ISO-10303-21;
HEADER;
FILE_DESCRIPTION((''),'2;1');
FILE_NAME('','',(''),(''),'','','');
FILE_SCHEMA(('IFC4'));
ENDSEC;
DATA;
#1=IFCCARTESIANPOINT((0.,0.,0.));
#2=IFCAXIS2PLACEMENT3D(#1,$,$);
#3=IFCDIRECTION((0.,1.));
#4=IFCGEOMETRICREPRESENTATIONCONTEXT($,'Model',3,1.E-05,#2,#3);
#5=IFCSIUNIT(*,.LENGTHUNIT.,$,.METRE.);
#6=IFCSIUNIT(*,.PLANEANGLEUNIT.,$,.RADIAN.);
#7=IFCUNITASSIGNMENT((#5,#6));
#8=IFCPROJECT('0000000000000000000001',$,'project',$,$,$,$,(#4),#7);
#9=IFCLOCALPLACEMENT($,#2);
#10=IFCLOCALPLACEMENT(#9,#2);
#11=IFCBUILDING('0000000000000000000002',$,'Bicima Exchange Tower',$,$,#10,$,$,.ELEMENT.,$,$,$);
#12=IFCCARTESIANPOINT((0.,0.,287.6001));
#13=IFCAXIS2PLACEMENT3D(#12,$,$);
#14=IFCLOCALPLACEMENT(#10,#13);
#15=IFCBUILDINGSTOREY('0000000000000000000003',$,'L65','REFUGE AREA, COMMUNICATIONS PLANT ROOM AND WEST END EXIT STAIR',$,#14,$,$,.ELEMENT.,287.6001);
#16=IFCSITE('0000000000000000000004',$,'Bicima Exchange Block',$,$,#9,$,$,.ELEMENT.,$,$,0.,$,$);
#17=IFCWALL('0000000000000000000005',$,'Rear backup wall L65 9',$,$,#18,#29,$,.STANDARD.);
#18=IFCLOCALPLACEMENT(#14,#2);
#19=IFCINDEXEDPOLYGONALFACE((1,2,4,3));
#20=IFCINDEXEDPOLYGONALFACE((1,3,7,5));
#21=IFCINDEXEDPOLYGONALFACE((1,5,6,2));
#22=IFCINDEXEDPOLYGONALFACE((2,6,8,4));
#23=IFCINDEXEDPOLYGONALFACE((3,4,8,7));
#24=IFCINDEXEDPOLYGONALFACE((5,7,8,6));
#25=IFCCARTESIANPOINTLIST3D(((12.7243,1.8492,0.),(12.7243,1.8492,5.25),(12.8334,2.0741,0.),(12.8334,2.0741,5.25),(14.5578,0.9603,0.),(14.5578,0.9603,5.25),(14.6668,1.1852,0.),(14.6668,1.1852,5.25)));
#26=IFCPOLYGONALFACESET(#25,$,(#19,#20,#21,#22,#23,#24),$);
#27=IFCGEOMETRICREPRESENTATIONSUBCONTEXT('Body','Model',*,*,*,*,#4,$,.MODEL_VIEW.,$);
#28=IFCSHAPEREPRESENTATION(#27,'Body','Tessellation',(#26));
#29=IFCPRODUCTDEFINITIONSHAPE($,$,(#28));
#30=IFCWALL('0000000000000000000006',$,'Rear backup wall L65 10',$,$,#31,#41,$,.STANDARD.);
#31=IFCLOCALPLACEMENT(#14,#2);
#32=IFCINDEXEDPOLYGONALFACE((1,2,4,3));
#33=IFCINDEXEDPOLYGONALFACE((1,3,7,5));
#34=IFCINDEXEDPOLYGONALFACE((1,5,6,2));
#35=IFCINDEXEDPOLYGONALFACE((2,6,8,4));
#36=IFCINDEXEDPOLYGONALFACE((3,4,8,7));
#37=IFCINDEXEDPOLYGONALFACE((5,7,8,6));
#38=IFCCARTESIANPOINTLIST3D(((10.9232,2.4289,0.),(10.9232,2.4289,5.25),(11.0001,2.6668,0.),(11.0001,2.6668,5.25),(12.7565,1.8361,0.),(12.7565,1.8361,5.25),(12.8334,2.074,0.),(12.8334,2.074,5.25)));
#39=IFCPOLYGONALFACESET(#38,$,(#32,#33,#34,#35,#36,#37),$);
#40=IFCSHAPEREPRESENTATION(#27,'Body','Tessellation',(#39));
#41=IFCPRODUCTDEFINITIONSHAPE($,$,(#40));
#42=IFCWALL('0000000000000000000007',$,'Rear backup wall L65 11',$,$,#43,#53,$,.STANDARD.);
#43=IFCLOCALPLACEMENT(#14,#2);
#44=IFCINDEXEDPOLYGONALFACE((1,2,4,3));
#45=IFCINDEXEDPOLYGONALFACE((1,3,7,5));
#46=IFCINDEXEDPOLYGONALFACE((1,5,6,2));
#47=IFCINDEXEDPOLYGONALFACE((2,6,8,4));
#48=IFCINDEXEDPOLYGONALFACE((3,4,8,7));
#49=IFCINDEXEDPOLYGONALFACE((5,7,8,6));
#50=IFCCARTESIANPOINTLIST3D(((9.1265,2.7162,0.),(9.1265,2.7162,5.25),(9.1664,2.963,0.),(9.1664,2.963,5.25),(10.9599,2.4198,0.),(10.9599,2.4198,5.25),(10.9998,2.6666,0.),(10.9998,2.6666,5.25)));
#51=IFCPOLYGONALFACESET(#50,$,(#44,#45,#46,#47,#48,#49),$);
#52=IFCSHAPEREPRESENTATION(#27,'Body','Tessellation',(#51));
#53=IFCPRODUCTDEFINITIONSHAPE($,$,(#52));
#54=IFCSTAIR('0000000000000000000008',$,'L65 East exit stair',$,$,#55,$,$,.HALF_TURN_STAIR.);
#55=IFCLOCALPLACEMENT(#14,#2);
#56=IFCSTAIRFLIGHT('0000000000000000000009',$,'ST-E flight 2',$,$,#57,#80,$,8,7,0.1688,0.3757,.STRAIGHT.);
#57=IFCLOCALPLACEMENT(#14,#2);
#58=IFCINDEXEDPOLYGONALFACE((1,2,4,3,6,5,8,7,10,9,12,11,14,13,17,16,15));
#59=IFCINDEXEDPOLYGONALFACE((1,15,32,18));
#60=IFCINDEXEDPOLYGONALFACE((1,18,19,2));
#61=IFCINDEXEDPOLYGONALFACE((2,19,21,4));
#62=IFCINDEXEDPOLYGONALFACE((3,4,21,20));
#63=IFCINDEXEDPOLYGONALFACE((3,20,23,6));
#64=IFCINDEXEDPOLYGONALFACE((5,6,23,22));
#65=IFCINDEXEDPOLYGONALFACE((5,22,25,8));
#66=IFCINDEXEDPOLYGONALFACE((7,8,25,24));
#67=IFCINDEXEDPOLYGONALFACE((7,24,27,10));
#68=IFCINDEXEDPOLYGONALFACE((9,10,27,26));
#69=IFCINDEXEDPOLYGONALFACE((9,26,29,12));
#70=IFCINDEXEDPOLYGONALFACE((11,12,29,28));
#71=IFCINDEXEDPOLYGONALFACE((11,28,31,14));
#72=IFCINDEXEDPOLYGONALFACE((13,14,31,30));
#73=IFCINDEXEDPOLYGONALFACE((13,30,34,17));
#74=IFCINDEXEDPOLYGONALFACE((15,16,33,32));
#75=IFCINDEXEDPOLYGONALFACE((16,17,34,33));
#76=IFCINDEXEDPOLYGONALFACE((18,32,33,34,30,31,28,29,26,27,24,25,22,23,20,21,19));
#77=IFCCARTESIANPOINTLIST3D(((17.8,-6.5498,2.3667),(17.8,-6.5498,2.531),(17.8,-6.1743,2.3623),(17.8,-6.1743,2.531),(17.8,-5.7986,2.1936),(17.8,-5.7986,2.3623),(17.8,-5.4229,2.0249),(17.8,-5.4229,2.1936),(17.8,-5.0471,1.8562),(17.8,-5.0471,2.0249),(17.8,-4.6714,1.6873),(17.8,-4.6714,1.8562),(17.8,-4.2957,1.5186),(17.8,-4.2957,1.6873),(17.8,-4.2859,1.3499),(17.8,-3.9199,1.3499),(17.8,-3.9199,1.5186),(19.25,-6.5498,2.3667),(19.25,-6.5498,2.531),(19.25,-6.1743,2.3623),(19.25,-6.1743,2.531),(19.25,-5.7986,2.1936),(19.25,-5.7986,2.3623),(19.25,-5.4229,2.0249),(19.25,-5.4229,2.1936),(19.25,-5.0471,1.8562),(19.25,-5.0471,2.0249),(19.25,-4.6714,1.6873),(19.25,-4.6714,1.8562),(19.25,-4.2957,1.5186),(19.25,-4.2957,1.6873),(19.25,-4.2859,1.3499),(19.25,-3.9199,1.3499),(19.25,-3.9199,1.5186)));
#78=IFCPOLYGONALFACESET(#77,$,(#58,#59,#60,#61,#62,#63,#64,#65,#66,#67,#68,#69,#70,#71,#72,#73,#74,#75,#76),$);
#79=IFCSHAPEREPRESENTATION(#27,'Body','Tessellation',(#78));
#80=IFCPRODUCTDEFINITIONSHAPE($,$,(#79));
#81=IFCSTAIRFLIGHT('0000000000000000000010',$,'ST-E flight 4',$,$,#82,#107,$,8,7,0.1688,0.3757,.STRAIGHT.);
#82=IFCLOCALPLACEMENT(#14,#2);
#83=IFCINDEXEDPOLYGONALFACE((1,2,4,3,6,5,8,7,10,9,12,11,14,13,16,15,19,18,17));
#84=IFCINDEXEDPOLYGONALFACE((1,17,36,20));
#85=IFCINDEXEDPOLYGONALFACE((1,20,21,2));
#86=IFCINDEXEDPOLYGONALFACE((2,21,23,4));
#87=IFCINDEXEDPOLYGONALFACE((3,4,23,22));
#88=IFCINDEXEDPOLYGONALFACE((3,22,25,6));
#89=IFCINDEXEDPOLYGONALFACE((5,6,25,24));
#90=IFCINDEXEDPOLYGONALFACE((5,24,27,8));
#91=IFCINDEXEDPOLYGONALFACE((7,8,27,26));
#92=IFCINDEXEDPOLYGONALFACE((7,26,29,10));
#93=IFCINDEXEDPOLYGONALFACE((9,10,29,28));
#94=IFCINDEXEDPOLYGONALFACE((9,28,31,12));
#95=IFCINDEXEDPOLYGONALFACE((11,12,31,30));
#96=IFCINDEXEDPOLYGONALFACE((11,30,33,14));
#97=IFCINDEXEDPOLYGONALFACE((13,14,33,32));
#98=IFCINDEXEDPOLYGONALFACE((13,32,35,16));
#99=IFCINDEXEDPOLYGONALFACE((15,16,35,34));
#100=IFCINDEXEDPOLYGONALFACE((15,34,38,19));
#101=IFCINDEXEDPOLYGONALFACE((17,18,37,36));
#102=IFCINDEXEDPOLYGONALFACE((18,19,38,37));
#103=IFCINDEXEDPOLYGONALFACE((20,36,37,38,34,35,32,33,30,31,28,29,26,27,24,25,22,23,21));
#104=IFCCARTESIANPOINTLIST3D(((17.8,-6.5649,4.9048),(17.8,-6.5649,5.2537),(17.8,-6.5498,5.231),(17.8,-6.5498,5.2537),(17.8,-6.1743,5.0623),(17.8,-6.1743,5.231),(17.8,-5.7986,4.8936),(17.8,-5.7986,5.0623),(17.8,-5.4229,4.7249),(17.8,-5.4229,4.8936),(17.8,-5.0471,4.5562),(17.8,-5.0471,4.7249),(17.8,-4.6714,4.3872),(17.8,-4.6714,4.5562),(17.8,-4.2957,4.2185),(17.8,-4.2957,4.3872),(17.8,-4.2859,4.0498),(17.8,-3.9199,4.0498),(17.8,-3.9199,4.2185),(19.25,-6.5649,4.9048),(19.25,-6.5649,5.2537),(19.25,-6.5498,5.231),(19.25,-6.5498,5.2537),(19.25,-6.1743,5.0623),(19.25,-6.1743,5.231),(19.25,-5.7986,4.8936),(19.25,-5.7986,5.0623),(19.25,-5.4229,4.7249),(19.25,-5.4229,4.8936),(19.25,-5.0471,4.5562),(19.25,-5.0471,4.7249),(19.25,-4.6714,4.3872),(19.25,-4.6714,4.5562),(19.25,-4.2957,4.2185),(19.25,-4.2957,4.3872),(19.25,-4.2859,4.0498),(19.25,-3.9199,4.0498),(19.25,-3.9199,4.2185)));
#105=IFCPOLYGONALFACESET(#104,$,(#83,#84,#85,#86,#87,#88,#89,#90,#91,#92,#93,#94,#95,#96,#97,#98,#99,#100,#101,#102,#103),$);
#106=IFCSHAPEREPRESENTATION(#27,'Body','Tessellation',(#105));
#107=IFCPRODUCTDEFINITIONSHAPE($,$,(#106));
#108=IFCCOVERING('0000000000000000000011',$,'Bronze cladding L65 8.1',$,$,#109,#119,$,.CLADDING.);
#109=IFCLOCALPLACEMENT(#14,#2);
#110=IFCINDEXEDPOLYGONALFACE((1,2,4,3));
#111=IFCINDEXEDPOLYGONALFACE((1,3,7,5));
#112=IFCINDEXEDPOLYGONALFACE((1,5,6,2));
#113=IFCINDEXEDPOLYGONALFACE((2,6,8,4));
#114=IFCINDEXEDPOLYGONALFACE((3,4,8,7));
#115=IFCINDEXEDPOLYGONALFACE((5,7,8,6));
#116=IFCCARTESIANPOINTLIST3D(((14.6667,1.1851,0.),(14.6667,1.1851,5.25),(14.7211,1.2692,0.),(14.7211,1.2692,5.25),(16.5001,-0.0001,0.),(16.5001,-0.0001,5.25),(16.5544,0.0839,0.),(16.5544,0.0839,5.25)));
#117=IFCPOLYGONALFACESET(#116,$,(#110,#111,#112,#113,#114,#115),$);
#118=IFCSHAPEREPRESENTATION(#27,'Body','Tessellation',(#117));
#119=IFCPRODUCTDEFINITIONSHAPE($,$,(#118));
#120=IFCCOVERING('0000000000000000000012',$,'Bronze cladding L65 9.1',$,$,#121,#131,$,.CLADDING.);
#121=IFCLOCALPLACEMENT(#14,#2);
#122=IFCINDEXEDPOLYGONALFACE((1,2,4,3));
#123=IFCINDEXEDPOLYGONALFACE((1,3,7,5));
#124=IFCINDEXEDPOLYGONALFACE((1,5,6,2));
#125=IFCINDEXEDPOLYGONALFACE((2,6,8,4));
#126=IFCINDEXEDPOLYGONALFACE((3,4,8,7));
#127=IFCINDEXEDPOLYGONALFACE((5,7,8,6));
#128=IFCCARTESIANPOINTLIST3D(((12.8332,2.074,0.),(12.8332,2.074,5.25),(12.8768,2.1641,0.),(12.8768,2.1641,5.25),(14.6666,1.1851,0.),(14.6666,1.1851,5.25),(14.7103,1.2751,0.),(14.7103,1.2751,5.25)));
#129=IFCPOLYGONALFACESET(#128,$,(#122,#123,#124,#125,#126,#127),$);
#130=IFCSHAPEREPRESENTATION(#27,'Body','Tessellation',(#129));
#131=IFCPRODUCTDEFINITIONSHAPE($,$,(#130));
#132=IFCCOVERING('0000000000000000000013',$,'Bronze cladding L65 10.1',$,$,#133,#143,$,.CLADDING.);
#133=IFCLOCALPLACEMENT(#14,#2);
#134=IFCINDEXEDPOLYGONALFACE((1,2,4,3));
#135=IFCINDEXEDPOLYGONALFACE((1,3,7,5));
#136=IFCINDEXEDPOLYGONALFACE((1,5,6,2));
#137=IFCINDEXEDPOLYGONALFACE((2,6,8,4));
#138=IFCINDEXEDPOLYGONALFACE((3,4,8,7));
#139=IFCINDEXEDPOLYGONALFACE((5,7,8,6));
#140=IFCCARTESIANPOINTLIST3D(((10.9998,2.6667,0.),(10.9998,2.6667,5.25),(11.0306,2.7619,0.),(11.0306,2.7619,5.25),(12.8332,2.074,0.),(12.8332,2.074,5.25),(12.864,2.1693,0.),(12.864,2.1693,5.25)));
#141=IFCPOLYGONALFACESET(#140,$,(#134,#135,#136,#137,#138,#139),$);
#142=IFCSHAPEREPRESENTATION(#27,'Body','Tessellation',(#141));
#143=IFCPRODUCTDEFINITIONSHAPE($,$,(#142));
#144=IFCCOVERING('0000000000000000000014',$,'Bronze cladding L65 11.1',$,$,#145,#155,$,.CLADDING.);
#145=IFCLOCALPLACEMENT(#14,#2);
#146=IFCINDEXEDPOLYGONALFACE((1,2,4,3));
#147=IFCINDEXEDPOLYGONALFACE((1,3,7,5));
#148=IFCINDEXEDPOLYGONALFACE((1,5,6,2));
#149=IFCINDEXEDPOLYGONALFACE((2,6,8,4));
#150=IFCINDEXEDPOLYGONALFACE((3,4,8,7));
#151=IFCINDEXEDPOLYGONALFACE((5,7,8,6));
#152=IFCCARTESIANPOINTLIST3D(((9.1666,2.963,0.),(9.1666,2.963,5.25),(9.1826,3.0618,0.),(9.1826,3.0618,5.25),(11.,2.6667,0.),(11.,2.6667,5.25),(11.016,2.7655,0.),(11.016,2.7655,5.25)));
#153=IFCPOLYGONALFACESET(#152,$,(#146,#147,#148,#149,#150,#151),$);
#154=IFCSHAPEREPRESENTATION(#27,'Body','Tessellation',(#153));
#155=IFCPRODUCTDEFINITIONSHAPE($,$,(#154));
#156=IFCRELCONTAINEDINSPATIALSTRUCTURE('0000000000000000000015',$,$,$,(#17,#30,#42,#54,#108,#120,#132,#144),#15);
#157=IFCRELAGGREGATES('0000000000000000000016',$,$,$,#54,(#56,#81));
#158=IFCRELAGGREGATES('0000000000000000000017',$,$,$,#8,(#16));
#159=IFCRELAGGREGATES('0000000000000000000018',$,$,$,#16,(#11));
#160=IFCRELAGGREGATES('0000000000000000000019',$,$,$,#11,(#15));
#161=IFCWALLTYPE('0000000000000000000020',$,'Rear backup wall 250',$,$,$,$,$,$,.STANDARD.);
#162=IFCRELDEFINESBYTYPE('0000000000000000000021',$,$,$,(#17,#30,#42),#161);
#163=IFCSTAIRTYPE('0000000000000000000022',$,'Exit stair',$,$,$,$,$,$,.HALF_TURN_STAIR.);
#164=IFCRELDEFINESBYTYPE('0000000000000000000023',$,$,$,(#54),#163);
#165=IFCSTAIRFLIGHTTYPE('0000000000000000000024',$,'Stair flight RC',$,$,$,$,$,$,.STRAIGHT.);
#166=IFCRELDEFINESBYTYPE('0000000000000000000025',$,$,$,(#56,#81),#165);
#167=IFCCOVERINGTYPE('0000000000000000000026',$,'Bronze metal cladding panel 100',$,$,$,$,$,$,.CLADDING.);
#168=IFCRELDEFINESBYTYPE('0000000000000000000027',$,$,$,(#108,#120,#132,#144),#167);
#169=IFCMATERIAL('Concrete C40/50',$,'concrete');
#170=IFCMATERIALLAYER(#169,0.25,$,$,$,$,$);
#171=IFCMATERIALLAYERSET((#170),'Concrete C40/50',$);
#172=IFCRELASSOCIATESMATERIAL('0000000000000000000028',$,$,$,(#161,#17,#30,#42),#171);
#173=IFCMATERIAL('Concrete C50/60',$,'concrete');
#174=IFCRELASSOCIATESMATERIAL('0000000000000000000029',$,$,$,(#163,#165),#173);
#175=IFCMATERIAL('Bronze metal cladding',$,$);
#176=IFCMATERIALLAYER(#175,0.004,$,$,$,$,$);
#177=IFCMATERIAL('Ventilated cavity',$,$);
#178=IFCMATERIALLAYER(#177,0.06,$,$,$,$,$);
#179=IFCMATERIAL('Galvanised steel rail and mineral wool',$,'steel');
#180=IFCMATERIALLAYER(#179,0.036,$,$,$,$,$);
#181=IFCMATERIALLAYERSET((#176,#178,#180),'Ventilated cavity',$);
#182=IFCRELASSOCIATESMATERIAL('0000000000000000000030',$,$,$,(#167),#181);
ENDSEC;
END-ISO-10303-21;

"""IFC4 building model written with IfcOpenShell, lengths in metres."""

from ifc_helpers import new_model, si_unit, direction, frame, frame_2d, origin, origin_2d, place, context, subcontext, project, spatial, polyline, rectangle, outline, extrude, material, layer, layer_set, layer_usage, type_object, element, aggregate, save


model = new_model("IFC4")

# Units and contexts
model_context = context("Model", 3, precision=1e-05, world=origin(), true_north=direction((0.0, 1.0)))
body_context = subcontext(model_context, "Body", "Model", "MODEL_VIEW")
ifc_project = project(units=[si_unit("LENGTHUNIT", "METRE"), si_unit("PLANEANGLEUNIT", "RADIAN")], contexts=[model_context])

# Site, building, storey
site_placement = place(None, origin())
site = spatial("IfcSite", under=ifc_project, at=site_placement, Name="Bicima Exchange Block", CompositionType="ELEMENT", RefElevation=0.0)
building_placement = place(site_placement, origin())
building = spatial("IfcBuilding", under=site, at=building_placement, Name="Bicima Exchange Tower", CompositionType="ELEMENT")
storey_placement = place(building_placement, frame((0.0, 0.0, 287.6001)))
storey = spatial("IfcBuildingStorey", under=building, at=storey_placement, Name="L65", Description="REFUGE AREA, COMMUNICATIONS PLANT ROOM AND WEST END EXIT STAIR", CompositionType="ELEMENT", Elevation=287.6001)

# Shared definitions
ifc_material_1 = material(Name="Concrete C40/50", Category="concrete")
ifc_material_2 = material(Name="Concrete C50/60", Category="concrete")

# Walls
ifc_layer_1 = layer(ifc_material_1, 0.25)
ifc_layer_set_1 = layer_set([ifc_layer_1], Name="Concrete C40/50")
ifc_layer_usage = layer_usage(ifc_layer_set_1, "AXIS2", "POSITIVE", -0.125)
wall_type_1 = type_object("IfcWallType", Name="Rear backup wall 250", PredefinedType="STANDARD", material=ifc_layer_set_1)
wall_1_placement = place(storey_placement, frame((14.6123, 1.0728, 0.0), z_axis=(0.0, 0.0, 1.0), x_axis=(-0.899824, 0.436253, 0.0)))
element("IfcWall", 1, at=wall_1_placement, inside=storey, type_object=wall_type_1, material=ifc_layer_usage, Name="Rear backup wall L65 9", PredefinedType="STANDARD", context=body_context, shape_type="SweptSolid", body=[
    extrude(rectangle(XDim=2.0376, YDim=0.25, at=frame_2d((1.0188, 0.0))), origin(), (0.0, 0.0, 1.0), 5.25),
])
wall_2_placement = place(storey_placement, frame((12.7949, 1.9551, 0.0), z_axis=(0.0, 0.0, 1.0), x_axis=(-0.951496, 0.307662, 0.0)))
element("IfcWall", 2, at=wall_2_placement, inside=storey, type_object=wall_type_1, material=ifc_layer_usage, Name="Rear backup wall L65 10", PredefinedType="STANDARD", context=body_context, shape_type="SweptSolid", body=[
    extrude(rectangle(XDim=1.9268, YDim=0.25, at=frame_2d((0.9634, 0.0))), origin(), (0.0, 0.0, 1.0), 5.25),
])
wall_3_placement = place(storey_placement, frame((10.98, 2.5432, 0.0), z_axis=(0.0, 0.0, 1.0), x_axis=(-0.987182, 0.1596, 0.0)))
element("IfcWall", 3, at=wall_3_placement, inside=storey, type_object=wall_type_1, material=ifc_layer_usage, Name="Rear backup wall L65 11", PredefinedType="STANDARD", context=body_context, shape_type="SweptSolid", body=[
    extrude(rectangle(XDim=1.8572, YDim=0.25, at=frame_2d((0.9287, 0.0))), origin(), (0.0, 0.0, 1.0), 5.25),
])

# Stair, stair flights
stair_type = type_object("IfcStairType", Name="Exit stair", PredefinedType="HALF_TURN_STAIR", material=ifc_material_2)
stair_placement = place(storey_placement, origin())
stair = element("IfcStair", 4, at=stair_placement, inside=storey, type_object=stair_type, Name="L65 East exit stair", PredefinedType="HALF_TURN_STAIR")
stair_flight_type = type_object("IfcStairFlightType", Name="Stair flight RC", PredefinedType="STRAIGHT", material=ifc_material_2)
stair_flight_1_placement = place(storey_placement, frame((18.5249, -3.9199, 1.3499), z_axis=(0.0, 0.0, 1.0), x_axis=(0.0, -1.0, 0.0)))
stair_flight_1 = element("IfcStairFlight", 5, at=stair_flight_1_placement, type_object=stair_flight_type, Name="ST-E flight 2", NumberOfRisers=8, NumberOfTreads=7, PredefinedType="STRAIGHT", RiserHeight=0.1688, TreadLength=0.3757, context=body_context, shape_type="SweptSolid", body=[
    extrude(outline(polyline([(0.0, 0.0), (0.0, 0.1687), (0.3757, 0.1687), (0.3757, 0.3374), (0.7515, 0.3374), (0.7515, 0.5063), (1.1272, 0.5063), (1.1272, 0.675), (1.5029, 0.675), (1.5029, 0.8438), (1.8787, 0.8438), (1.8787, 1.0125), (2.2544, 1.0125), (2.2544, 1.1812), (2.6299, 1.1812), (2.6299, 1.3501), (2.6299, 1.0168), (0.366, 0.0), (0.0, 0.0)])), frame((0.0, 0.7251, 0.0), z_axis=(0.0, -1.0, 0.0), x_axis=(1.0, 0.0, 0.0)), (0.0, 0.0, 1.0), 1.45),
])
stair_flight_2_placement = place(storey_placement, frame((18.5249, -3.9199, 4.0498), z_axis=(0.0, 0.0, 1.0), x_axis=(0.0, -1.0, 0.0)))
stair_flight_2 = element("IfcStairFlight", 6, at=stair_flight_2_placement, type_object=stair_flight_type, Name="ST-E flight 4", NumberOfRisers=8, NumberOfTreads=7, PredefinedType="STRAIGHT", RiserHeight=0.1688, TreadLength=0.3757, context=body_context, shape_type="SweptSolid", body=[
    extrude(outline(polyline([(0.0, 0.0), (0.0, 0.1687), (0.3757, 0.1687), (0.3757, 0.3374), (0.7515, 0.3374), (0.7515, 0.5063), (1.1272, 0.5063), (1.1272, 0.675), (1.5029, 0.675), (1.5029, 0.8438), (1.8787, 0.8438), (1.8787, 1.0125), (2.2544, 1.0125), (2.2544, 1.1812), (2.6299, 1.1812), (2.6299, 1.2039), (2.645, 1.2039), (2.645, 0.855), (0.366, 0.0), (0.0, 0.0)])), frame((0.0, 0.7251, 0.0), z_axis=(0.0, -1.0, 0.0), x_axis=(1.0, 0.0, 0.0)), (0.0, 0.0, 1.0), 1.45),
])
aggregate(stair, [stair_flight_1, stair_flight_2])

# Coverings
ifc_material_3 = material(Name="Bronze metal cladding")
ifc_layer_2 = layer(ifc_material_3, 0.004)
ifc_material_4 = material(Name="Ventilated cavity")
ifc_layer_3 = layer(ifc_material_4, 0.06)
ifc_material_5 = material(Name="Galvanised steel rail and mineral wool", Category="steel")
ifc_layer_4 = layer(ifc_material_5, 0.036)
ifc_layer_set_2 = layer_set([ifc_layer_2, ifc_layer_3, ifc_layer_4], Name="Ventilated cavity")
covering_type = type_object("IfcCoveringType", Name="Bronze metal cladding panel 100", PredefinedType="CLADDING", material=ifc_layer_set_2)
covering_1_placement = place(storey_placement, frame((15.6106, 0.6345, 0.0), z_axis=(0.0, 0.0, 1.0), x_axis=(-0.83979, 0.542911, 0.0)))
element("IfcCovering", 7, at=covering_1_placement, inside=storey, type_object=covering_type, Name="Bronze cladding L65 8.1", PredefinedType="CLADDING", context=body_context, shape_type="SweptSolid", body=[
    extrude(rectangle(XDim=2.1831, YDim=0.1001, at=origin_2d()), origin(), (0.0, 0.0, 1.0), 5.25),
])
covering_2_placement = place(storey_placement, frame((13.7717, 1.6746, 0.0), z_axis=(0.0, 0.0, 1.0), x_axis=(-0.899818, 0.436265, 0.0)))
element("IfcCovering", 8, at=covering_2_placement, inside=storey, type_object=covering_type, Name="Bronze cladding L65 9.1", PredefinedType="CLADDING", context=body_context, shape_type="SweptSolid", body=[
    extrude(rectangle(XDim=2.0376, YDim=0.1001, at=origin_2d()), origin(), (0.0, 0.0, 1.0), 5.25),
])
covering_3_placement = place(storey_placement, frame((11.9319, 2.418, 0.0), z_axis=(0.0, 0.0, 1.0), x_axis=(-0.951525, 0.307573, 0.0)))
element("IfcCovering", 9, at=covering_3_placement, inside=storey, type_object=covering_type, Name="Bronze cladding L65 10.1", PredefinedType="CLADDING", context=body_context, shape_type="SweptSolid", body=[
    extrude(rectangle(XDim=1.9268, YDim=0.1001, at=origin_2d()), origin(), (0.0, 0.0, 1.0), 5.25),
])
covering_4_placement = place(storey_placement, frame((10.0913, 2.8643, 0.0), z_axis=(0.0, 0.0, 1.0), x_axis=(-0.98719, 0.15955, 0.0)))
element("IfcCovering", 10, at=covering_4_placement, inside=storey, type_object=covering_type, Name="Bronze cladding L65 11.1", PredefinedType="CLADDING", context=body_context, shape_type="SweptSolid", body=[
    extrude(rectangle(XDim=1.8572, YDim=0.1001, at=origin_2d()), origin(), (0.0, 0.0, 1.0), 5.25),
])

save(model, "model.ifc")
